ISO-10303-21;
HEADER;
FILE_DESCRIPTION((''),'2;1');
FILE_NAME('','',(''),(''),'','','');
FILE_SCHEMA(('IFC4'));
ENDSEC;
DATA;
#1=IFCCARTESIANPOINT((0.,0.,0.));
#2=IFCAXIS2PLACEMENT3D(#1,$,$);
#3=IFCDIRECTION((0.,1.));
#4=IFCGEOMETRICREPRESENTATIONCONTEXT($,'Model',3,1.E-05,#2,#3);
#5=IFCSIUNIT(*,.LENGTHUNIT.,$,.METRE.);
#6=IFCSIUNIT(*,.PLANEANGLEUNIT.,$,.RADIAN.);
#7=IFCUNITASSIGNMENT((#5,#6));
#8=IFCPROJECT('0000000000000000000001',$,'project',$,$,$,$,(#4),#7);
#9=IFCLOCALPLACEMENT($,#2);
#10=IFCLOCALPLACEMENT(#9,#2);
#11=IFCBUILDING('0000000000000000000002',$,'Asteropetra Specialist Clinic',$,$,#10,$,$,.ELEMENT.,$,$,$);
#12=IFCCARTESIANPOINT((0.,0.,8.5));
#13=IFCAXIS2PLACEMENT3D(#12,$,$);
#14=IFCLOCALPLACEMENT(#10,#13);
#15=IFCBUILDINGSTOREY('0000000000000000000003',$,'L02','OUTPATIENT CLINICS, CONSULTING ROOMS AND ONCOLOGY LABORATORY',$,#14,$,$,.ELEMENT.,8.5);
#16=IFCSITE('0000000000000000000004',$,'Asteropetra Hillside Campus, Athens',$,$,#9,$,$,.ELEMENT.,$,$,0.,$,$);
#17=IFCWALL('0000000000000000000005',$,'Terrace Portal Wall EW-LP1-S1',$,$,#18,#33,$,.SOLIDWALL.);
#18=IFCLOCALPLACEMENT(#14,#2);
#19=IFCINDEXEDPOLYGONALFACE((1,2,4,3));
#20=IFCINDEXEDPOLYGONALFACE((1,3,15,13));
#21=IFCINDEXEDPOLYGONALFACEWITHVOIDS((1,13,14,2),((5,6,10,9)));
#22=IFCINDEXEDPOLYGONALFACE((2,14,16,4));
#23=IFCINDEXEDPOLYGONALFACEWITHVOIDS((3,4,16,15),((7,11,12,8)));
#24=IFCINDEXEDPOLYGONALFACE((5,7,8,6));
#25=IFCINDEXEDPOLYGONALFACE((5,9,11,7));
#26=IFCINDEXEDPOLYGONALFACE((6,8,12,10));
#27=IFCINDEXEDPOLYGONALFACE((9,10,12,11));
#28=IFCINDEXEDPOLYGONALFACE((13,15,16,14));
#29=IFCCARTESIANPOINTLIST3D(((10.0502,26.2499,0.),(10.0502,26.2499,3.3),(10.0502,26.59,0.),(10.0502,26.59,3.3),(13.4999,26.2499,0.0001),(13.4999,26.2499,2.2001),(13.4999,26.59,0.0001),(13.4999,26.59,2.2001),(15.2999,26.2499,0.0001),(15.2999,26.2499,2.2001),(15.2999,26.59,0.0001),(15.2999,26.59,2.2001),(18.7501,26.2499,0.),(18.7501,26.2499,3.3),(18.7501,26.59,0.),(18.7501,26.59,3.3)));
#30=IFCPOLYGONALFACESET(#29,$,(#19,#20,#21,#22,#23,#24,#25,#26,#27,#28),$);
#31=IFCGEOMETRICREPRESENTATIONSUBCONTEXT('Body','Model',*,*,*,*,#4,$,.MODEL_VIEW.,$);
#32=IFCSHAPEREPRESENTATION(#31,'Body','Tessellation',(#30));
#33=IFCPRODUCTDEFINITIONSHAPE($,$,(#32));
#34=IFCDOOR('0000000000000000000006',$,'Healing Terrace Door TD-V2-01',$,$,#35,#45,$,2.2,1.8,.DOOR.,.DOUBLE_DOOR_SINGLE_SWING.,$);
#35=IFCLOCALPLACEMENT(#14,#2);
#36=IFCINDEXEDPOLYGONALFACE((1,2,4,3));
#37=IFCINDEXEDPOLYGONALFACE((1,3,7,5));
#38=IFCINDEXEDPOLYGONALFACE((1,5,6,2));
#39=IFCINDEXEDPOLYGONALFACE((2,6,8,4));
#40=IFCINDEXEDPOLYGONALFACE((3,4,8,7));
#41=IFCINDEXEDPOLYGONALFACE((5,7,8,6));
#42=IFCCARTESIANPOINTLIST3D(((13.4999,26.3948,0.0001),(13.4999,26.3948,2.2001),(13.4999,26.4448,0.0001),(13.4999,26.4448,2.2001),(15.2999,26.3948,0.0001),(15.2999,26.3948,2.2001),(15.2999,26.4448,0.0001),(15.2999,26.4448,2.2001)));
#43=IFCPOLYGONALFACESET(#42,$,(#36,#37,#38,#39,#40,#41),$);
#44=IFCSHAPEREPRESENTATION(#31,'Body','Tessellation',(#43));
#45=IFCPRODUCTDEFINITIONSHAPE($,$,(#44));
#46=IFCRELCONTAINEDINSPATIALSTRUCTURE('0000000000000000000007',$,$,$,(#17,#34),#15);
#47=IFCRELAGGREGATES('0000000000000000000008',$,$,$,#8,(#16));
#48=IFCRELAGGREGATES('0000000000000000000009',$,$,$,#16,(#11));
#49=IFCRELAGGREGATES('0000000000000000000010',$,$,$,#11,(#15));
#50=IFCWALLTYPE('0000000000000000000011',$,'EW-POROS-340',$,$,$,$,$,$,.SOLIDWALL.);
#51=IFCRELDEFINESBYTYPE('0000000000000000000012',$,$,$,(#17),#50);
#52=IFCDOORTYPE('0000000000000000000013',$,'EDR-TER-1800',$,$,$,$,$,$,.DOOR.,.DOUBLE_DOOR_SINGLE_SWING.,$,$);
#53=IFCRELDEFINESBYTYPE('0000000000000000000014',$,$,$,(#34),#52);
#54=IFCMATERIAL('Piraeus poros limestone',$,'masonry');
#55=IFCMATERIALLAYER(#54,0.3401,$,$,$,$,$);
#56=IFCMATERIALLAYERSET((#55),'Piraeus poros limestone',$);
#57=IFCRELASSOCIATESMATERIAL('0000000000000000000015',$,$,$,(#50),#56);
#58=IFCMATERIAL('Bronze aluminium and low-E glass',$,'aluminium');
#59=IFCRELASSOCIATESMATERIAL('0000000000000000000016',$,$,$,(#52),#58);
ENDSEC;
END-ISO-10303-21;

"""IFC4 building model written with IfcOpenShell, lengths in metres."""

from ifc_helpers import new_model, si_unit, direction, frame, frame_2d, origin, place, context, subcontext, project, spatial, rectangle, extrude, material, layer, layer_set, type_object, element, fill, save


model = new_model("IFC4")

# Units and contexts
model_context = context("Model", 3, precision=1e-05, world=origin(), true_north=direction((0.0, 1.0)))
body_context = subcontext(model_context, "Body", "Model", "MODEL_VIEW")
ifc_project = project(units=[si_unit("LENGTHUNIT", "METRE"), si_unit("PLANEANGLEUNIT", "RADIAN")], contexts=[model_context])

# Site, building, storey
site_placement = place(None, origin())
site = spatial("IfcSite", under=ifc_project, at=site_placement, Name="Asteropetra Hillside Campus, Athens", CompositionType="ELEMENT", RefElevation=0.0)
building_placement = place(site_placement, origin())
building = spatial("IfcBuilding", under=site, at=building_placement, Name="Asteropetra Specialist Clinic", CompositionType="ELEMENT")
storey_placement = place(building_placement, frame((0.0, 0.0, 8.5)))
storey = spatial("IfcBuildingStorey", under=building, at=storey_placement, Name="L02", Description="OUTPATIENT CLINICS, CONSULTING ROOMS AND ONCOLOGY LABORATORY", CompositionType="ELEMENT", Elevation=8.5)

# Wall, opening, door
ifc_material_1 = material(Name="Piraeus poros limestone", Category="masonry")
ifc_layer_1 = layer(ifc_material_1, 0.3401)
ifc_layer_set_1 = layer_set([ifc_layer_1], Name="Piraeus poros limestone")
wall_type = type_object("IfcWallType", Name="EW-POROS-340", PredefinedType="SOLIDWALL", material=ifc_layer_set_1)
wall_placement = place(storey_placement, frame((10.05, 26.4199, 0.0), z_axis=(0.0, 0.0, 1.0), x_axis=(1.0, 0.0, 0.0)))
wall = element("IfcWall", 1, at=wall_placement, inside=storey, type_object=wall_type, Name="Terrace Portal Wall EW-LP1-S1", PredefinedType="SOLIDWALL", context=body_context, shape_type="SweptSolid", body=[
    extrude(rectangle(XDim=8.7, YDim=0.3401, at=frame_2d((4.3501, 0.0))), origin(), (0.0, 0.0, 1.0), 3.3),
])
opening_placement = place(wall_placement, frame((3.45, 0.0, 0.0)))
opening = element("IfcOpeningElement", 2, at=opening_placement, cuts=wall, PredefinedType="OPENING", context=body_context, shape_type="SweptSolid", body=[
    extrude(rectangle(XDim=1.8, YDim=2.2, at=frame_2d((0.8999, 1.1001))), frame((0.0, 0.1799, 0.0), z_axis=(0.0, -1.0, 0.0), x_axis=(1.0, 0.0, 0.0)), (0.0, 0.0, 1.0), 0.3601),
])
ifc_material_2 = material(Name="Bronze aluminium and low-E glass", Category="aluminium")
door_type = type_object("IfcDoorType", Name="EDR-TER-1800", OperationType="DOUBLE_DOOR_SINGLE_SWING", PredefinedType="DOOR", material=ifc_material_2)
door_placement = place(opening_placement, origin())
door = element("IfcDoor", 3, at=door_placement, inside=storey, type_object=door_type, Name="Healing Terrace Door TD-V2-01", OperationType="DOUBLE_DOOR_SINGLE_SWING", OverallHeight=2.2, OverallWidth=1.8, PredefinedType="DOOR", context=body_context, shape_type="SweptSolid", body=[
    extrude(rectangle(XDim=1.8, YDim=2.2, at=frame_2d((0.8999, 1.1001))), frame((0.0, 0.0249, 0.0), z_axis=(0.0, -1.0, 0.0), x_axis=(1.0, 0.0, 0.0)), (0.0, 0.0, 1.0), 0.05),
])
fill(opening, door)

save(model, "model.ifc")
